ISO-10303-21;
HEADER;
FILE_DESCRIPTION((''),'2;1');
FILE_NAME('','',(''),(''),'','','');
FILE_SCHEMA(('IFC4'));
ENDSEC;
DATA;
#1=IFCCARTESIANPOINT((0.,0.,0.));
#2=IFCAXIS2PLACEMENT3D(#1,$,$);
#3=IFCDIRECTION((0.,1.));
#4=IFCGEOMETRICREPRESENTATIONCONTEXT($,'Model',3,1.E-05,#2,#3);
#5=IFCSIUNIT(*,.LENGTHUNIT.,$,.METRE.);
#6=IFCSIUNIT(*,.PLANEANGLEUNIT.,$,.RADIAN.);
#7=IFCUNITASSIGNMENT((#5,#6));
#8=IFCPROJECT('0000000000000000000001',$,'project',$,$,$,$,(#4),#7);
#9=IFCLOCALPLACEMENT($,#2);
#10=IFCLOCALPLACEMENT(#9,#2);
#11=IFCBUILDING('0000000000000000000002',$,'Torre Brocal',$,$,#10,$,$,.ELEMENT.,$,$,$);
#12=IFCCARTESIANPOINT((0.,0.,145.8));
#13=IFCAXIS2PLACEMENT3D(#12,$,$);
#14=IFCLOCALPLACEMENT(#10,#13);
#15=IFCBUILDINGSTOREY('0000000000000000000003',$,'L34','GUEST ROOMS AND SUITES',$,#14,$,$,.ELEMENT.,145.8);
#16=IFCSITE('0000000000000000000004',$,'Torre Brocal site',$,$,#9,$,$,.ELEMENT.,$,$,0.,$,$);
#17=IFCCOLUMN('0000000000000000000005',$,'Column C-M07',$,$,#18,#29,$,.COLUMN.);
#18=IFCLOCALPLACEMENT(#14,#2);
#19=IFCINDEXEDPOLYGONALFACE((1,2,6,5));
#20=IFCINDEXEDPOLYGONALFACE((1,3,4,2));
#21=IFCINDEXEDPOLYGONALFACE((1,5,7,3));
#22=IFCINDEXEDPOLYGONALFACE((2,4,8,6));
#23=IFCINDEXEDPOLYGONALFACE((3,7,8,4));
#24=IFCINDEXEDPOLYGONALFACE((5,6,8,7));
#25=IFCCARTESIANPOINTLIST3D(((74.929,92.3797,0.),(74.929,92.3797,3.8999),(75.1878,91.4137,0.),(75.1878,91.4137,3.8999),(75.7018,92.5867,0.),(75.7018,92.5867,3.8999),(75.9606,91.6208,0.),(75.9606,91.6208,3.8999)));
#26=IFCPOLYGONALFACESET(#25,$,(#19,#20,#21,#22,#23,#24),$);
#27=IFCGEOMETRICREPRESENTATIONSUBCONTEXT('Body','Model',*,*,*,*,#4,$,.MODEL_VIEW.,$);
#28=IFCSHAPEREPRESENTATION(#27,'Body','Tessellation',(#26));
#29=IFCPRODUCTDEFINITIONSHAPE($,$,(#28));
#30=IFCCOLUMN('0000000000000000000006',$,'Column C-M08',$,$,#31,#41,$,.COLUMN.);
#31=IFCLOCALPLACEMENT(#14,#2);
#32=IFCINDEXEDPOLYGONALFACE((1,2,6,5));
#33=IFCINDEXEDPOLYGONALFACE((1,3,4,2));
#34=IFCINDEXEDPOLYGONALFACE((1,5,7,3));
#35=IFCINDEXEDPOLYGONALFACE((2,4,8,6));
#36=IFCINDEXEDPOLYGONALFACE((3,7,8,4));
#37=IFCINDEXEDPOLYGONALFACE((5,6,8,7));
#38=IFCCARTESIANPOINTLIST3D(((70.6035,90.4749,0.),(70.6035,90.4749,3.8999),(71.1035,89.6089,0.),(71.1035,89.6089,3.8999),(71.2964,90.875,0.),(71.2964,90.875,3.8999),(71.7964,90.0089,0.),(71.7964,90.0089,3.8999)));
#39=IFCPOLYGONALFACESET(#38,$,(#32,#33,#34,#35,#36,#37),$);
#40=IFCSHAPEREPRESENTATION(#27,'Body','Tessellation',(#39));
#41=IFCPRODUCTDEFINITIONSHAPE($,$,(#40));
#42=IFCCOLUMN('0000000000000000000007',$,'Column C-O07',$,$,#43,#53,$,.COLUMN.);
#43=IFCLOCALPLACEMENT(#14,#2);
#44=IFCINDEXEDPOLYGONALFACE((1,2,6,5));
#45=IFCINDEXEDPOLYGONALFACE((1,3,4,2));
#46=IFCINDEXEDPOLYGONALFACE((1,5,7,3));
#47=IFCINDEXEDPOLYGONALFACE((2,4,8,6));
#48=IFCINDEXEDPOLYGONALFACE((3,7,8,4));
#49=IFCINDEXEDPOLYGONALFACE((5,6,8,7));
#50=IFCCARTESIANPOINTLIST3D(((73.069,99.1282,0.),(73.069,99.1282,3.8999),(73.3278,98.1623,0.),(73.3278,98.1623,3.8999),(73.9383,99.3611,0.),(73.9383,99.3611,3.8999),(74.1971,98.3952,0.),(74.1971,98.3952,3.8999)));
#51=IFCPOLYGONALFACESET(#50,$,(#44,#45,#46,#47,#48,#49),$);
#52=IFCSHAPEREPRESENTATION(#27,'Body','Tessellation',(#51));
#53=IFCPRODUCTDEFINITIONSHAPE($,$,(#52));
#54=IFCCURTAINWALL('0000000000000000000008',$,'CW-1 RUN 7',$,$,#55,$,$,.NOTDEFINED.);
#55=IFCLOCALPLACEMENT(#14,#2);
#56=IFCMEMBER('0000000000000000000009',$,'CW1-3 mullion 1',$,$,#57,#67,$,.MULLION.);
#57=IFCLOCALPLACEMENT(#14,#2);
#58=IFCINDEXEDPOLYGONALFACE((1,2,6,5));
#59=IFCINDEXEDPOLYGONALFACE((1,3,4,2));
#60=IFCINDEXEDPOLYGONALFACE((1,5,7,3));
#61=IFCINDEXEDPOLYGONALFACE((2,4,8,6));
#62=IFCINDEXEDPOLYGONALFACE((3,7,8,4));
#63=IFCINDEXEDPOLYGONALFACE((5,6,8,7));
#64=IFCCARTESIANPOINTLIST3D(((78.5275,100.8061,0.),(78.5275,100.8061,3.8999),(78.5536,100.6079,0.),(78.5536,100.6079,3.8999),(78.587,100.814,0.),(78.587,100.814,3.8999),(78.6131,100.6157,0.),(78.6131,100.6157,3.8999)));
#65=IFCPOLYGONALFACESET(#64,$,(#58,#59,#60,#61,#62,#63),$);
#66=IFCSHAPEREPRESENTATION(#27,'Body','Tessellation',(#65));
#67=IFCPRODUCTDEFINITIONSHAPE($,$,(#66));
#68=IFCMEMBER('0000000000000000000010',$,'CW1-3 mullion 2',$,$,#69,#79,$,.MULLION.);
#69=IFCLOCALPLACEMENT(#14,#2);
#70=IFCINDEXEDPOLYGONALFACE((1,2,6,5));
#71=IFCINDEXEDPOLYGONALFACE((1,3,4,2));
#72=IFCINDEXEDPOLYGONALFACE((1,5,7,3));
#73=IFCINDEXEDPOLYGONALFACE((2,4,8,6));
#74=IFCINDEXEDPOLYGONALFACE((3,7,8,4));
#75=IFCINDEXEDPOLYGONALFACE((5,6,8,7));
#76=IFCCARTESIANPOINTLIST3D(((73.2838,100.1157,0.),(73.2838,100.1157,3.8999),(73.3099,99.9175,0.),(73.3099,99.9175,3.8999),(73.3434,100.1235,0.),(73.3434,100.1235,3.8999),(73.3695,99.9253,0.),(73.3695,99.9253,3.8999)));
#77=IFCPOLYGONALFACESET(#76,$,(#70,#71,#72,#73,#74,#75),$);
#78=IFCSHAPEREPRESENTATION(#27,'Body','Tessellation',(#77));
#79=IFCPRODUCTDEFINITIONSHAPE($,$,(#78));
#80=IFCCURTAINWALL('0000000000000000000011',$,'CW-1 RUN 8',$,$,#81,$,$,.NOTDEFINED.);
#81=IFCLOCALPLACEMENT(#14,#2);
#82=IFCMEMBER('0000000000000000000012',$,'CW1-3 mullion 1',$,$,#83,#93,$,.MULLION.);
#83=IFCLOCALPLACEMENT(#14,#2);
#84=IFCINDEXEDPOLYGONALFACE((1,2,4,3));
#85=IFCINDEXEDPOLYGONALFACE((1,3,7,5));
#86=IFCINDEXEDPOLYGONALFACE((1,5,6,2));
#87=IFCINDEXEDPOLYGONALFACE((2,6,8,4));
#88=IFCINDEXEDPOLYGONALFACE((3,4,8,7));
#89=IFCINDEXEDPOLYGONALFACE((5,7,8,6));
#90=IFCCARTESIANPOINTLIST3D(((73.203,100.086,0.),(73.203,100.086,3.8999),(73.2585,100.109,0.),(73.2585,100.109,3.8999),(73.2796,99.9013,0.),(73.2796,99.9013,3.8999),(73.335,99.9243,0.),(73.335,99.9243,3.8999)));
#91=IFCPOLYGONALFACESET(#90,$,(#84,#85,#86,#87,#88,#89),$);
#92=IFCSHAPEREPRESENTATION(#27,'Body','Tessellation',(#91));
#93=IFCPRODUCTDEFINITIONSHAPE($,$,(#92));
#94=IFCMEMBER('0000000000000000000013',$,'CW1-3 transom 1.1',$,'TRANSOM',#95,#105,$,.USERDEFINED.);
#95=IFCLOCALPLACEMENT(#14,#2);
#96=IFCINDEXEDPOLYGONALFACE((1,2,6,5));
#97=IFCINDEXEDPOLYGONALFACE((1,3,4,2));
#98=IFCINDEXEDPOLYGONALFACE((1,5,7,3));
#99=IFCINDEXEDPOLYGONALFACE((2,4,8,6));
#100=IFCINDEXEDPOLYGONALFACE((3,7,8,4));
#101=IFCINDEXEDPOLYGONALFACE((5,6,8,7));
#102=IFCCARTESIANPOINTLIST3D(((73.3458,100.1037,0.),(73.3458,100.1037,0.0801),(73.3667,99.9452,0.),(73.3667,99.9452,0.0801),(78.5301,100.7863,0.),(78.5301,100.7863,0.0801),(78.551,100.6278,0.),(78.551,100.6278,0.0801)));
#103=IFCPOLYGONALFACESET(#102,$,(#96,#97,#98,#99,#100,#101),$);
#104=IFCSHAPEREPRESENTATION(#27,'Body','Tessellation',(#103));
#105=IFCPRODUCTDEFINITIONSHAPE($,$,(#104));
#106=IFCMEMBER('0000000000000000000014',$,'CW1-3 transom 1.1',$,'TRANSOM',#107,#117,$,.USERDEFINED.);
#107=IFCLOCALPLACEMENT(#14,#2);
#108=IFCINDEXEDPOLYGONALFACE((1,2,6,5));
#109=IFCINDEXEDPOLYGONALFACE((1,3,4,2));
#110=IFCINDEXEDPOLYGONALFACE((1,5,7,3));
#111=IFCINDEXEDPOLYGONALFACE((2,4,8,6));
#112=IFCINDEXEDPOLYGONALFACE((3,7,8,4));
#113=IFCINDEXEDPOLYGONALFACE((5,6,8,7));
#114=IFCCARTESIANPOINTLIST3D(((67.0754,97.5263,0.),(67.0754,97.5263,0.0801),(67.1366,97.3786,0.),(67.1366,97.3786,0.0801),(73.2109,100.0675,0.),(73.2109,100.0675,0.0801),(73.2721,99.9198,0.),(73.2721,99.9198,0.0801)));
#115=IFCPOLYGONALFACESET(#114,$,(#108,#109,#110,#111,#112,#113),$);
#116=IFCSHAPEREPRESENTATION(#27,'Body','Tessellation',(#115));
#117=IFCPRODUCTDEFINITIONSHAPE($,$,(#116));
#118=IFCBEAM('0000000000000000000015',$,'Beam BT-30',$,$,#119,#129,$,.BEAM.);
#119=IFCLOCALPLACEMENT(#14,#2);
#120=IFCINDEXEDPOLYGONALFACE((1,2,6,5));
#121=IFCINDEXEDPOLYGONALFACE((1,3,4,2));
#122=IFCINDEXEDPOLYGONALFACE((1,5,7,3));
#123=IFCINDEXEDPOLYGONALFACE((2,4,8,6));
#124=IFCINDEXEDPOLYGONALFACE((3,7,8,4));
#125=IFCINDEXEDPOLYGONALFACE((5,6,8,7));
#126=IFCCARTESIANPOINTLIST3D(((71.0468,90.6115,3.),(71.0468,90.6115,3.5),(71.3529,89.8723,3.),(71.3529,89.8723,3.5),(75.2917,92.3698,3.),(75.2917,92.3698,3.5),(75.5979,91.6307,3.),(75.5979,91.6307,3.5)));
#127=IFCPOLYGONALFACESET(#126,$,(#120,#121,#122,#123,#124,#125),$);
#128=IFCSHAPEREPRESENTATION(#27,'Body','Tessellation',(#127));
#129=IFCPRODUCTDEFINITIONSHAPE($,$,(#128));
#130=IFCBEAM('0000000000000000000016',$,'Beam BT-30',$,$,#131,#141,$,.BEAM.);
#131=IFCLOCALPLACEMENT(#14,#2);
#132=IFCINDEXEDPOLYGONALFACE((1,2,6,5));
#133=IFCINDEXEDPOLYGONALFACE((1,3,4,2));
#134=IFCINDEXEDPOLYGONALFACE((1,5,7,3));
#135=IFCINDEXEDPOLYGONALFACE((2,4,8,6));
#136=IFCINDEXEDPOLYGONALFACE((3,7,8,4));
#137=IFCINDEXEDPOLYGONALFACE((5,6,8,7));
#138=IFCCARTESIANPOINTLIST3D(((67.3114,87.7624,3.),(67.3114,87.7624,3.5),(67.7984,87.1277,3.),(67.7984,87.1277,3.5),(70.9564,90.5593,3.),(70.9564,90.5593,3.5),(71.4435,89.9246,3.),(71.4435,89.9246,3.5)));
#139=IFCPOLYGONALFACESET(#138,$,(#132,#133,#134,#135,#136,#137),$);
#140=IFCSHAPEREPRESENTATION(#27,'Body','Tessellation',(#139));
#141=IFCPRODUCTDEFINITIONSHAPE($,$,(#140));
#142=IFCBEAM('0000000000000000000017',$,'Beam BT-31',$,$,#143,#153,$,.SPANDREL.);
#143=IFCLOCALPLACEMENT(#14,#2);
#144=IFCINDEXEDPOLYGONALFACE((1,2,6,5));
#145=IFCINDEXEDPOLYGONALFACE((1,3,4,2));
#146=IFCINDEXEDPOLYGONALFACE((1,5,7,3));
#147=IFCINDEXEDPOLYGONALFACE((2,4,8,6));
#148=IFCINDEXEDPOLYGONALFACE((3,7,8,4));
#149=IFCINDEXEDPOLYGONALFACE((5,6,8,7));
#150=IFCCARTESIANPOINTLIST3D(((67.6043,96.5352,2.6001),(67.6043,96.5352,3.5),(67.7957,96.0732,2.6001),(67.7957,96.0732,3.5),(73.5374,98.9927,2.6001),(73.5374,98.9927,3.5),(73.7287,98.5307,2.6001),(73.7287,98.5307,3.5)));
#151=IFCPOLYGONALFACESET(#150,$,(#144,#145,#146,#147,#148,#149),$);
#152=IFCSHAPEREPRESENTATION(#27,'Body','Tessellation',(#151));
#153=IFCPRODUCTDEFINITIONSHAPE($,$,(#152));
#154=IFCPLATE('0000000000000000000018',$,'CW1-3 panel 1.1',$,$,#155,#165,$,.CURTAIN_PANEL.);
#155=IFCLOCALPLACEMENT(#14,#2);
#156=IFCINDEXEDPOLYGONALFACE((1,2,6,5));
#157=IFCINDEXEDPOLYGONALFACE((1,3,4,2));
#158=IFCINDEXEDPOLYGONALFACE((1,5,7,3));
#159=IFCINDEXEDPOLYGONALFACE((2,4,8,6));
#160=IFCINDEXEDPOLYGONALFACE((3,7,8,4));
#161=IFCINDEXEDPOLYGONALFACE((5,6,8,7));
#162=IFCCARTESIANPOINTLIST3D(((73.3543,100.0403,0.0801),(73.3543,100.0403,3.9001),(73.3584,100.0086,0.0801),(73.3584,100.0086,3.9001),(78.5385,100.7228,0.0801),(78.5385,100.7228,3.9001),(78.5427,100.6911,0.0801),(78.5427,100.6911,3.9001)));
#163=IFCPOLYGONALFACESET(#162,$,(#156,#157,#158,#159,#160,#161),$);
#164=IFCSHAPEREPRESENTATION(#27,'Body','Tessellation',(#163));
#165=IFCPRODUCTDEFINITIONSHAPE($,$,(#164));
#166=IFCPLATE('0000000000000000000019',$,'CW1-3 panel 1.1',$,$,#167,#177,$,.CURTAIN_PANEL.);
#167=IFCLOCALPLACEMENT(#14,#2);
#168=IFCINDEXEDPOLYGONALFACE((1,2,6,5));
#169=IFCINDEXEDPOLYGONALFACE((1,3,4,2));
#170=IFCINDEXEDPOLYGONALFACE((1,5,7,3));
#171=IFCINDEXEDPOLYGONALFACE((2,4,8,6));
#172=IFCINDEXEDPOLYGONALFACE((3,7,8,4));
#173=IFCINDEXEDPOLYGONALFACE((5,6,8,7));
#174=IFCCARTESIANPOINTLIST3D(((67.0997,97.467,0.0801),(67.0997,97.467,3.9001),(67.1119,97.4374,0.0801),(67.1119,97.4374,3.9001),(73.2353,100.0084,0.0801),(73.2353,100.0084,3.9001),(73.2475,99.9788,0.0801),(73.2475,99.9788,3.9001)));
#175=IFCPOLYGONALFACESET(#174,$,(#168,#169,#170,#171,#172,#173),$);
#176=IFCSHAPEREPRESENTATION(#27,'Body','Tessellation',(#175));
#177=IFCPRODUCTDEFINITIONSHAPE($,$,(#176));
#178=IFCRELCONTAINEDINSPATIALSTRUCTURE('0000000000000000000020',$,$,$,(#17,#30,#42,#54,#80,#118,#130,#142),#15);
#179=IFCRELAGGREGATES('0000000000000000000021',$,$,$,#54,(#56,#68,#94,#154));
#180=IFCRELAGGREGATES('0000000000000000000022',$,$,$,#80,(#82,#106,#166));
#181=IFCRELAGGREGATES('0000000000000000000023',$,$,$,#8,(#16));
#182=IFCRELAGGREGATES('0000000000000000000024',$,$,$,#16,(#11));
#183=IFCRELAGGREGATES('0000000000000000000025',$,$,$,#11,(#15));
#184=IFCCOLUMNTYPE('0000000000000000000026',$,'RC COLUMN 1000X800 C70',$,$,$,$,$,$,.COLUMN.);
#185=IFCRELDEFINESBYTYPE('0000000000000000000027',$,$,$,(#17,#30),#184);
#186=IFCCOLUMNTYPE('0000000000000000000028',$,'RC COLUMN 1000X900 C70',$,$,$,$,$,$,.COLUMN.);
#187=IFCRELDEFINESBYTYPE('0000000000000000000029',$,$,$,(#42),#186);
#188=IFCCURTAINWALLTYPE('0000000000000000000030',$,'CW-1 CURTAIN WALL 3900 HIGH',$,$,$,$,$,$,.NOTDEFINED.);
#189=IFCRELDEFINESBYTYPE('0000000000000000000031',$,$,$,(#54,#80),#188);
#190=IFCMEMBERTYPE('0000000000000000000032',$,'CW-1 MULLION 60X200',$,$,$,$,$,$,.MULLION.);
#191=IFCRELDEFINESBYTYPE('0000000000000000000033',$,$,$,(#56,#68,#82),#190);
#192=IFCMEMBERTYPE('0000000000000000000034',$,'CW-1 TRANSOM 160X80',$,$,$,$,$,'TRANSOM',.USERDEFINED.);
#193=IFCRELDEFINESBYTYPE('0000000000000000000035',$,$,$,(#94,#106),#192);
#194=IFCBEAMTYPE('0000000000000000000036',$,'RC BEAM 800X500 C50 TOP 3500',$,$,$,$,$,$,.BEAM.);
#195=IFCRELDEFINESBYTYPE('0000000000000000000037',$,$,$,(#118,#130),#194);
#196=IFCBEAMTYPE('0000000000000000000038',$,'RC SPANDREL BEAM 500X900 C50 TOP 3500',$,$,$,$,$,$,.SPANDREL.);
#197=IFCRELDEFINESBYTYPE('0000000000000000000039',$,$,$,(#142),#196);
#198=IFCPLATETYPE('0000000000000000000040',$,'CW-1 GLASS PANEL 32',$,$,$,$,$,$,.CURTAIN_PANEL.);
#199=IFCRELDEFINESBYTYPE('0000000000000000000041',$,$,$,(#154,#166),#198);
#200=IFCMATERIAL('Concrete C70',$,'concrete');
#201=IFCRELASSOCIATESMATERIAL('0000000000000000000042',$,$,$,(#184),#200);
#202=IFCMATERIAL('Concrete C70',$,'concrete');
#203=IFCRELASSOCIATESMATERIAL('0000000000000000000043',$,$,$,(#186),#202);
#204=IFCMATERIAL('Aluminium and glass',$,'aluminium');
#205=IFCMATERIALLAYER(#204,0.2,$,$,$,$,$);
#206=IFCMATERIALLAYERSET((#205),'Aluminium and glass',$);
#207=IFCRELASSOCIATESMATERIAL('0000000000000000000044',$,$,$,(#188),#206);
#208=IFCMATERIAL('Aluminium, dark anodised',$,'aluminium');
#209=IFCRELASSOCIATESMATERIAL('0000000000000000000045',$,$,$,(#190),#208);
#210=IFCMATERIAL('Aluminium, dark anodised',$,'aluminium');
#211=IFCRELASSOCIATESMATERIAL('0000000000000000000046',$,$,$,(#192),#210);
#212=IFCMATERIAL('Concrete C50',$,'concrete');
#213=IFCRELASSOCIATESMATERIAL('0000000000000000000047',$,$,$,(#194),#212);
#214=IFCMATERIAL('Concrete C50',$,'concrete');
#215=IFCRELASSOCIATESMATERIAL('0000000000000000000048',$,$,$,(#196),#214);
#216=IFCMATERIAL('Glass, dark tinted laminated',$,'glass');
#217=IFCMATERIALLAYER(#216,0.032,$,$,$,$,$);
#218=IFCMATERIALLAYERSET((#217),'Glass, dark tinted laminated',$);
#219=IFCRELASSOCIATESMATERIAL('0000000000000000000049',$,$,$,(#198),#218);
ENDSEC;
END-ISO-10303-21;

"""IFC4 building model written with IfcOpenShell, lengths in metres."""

from ifc_helpers import new_model, si_unit, direction, frame, origin, origin_2d, place, context, subcontext, project, spatial, rectangle, extrude, material, layer, layer_set, material_profile, profile_set, type_object, element, aggregate, save


model = new_model("IFC4")

# Units and contexts
model_context = context("Model", 3, precision=1e-05, world=origin(), true_north=direction((0.0, 1.0)))
body_context = subcontext(model_context, "Body", "Model", "MODEL_VIEW")
ifc_project = project(units=[si_unit("LENGTHUNIT", "METRE"), si_unit("PLANEANGLEUNIT", "RADIAN")], contexts=[model_context])

# Site, building, storey
site_placement = place(None, origin())
site = spatial("IfcSite", under=ifc_project, at=site_placement, Name="Torre Brocal site", CompositionType="ELEMENT", RefElevation=0.0)
building_placement = place(site_placement, origin())
building = spatial("IfcBuilding", under=site, at=building_placement, Name="Torre Brocal", CompositionType="ELEMENT")
storey_placement = place(building_placement, frame((0.0, 0.0, 145.8)))
storey = spatial("IfcBuildingStorey", under=building, at=storey_placement, Name="L34", Description="GUEST ROOMS AND SUITES", CompositionType="ELEMENT", Elevation=145.8)

# Columns
ifc_material_1 = material(Name="Concrete C70", Category="concrete")
ifc_material_profile_1 = material_profile(ifc_material_1, rectangle(XDim=1.0, YDim=0.8, at=origin_2d()), Name="RC 1000X800")
ifc_profile_set_1 = profile_set([ifc_material_profile_1], Name="Concrete C70")
column_type_1 = type_object("IfcColumnType", Name="RC COLUMN 1000X800 C70", PredefinedType="COLUMN", material=ifc_profile_set_1)
for number, where, z_axis, x_axis, name in (
    (1, (75.4448, 92.0002, 0.0), (0.0, 0.0, 1.0), (-0.258819, 0.965926, 0.0), "Column C-M07"),
    (2, (71.2, 90.2419, 0.0), (0.0, 0.0, 1.0), (-0.5, 0.866025, 0.0), "Column C-M08"),
):
    element("IfcColumn", number, at=place(storey_placement, frame(where, z_axis=z_axis, x_axis=x_axis)), inside=storey, type_object=column_type_1, Name=name, PredefinedType="COLUMN", context=body_context, shape_type="SweptSolid", body=[
        extrude(rectangle(XDim=1.0, YDim=0.8, at=origin_2d()), origin(), (0.0, 0.0, 1.0), 3.8999),
    ])
ifc_material_2 = material(Name="Concrete C70", Category="concrete")
ifc_material_profile_2 = material_profile(ifc_material_2, rectangle(XDim=1.0, YDim=0.8999, at=origin_2d()), Name="RC 1000X900")
ifc_profile_set_2 = profile_set([ifc_material_profile_2], Name="Concrete C70")
column_type_2 = type_object("IfcColumnType", Name="RC COLUMN 1000X900 C70", PredefinedType="COLUMN", material=ifc_profile_set_2)
column_placement = place(storey_placement, frame((73.6331, 98.7617, 0.0), z_axis=(0.0, 0.0, 1.0), x_axis=(-0.258819, 0.965926, 0.0)))
element("IfcColumn", 3, at=column_placement, inside=storey, type_object=column_type_2, Name="Column C-O07", PredefinedType="COLUMN", context=body_context, shape_type="SweptSolid", body=[
    extrude(rectangle(XDim=1.0, YDim=0.8999, at=origin_2d()), origin(), (0.0, 0.0, 1.0), 3.8999),
])

# Curtain wall, members
ifc_material_3 = material(Name="Aluminium and glass", Category="aluminium")
ifc_layer_1 = layer(ifc_material_3, 0.2)
ifc_layer_set_1 = layer_set([ifc_layer_1], Name="Aluminium and glass")
curtain_wall_type = type_object("IfcCurtainWallType", Name="CW-1 CURTAIN WALL 3900 HIGH", PredefinedType="NOTDEFINED", material=ifc_layer_set_1)
curtain_wall_1_placement = place(storey_placement, origin())
curtain_wall_1 = element("IfcCurtainWall", 4, at=curtain_wall_1_placement, inside=storey, type_object=curtain_wall_type, Name="CW-1 RUN 7", PredefinedType="NOTDEFINED")
ifc_material_4 = material(Name="Aluminium, dark anodised", Category="aluminium")
ifc_material_profile_3 = material_profile(ifc_material_4, rectangle(XDim=0.2, YDim=0.0601, at=origin_2d()), Name="CW-1 MULLION 60X200")
ifc_profile_set_3 = profile_set([ifc_material_profile_3], Name="Aluminium, dark anodised")
member_type_1 = type_object("IfcMemberType", Name="CW-1 MULLION 60X200", PredefinedType="MULLION", material=ifc_profile_set_3)
member_1_placement = place(storey_placement, frame((78.5703, 100.7109, 0.0), z_axis=(0.0, 0.0, 1.0), x_axis=(0.130526, -0.991445, 0.0)))
member_1 = element("IfcMember", 5, at=member_1_placement, type_object=member_type_1, Name="CW1-3 mullion 1", PredefinedType="MULLION", context=body_context, shape_type="SweptSolid", body=[
    extrude(rectangle(XDim=0.2, YDim=0.0601, at=origin_2d()), origin(), (0.0, 0.0, 1.0), 3.8999),
])
member_2_placement = place(storey_placement, frame((73.3267, 100.0205, 0.0), z_axis=(0.0, 0.0, 1.0), x_axis=(0.130526, -0.991445, 0.0)))
member_2 = element("IfcMember", 6, at=member_2_placement, type_object=member_type_1, Name="CW1-3 mullion 2", PredefinedType="MULLION", context=body_context, shape_type="SweptSolid", body=[
    extrude(rectangle(XDim=0.2, YDim=0.0601, at=origin_2d()), origin(), (0.0, 0.0, 1.0), 3.8999),
])

# Curtain wall, member
curtain_wall_2_placement = place(storey_placement, origin())
curtain_wall_2 = element("IfcCurtainWall", 7, at=curtain_wall_2_placement, inside=storey, type_object=curtain_wall_type, Name="CW-1 RUN 8", PredefinedType="NOTDEFINED")
member_3_placement = place(storey_placement, frame((73.269, 100.0051, 0.0), z_axis=(0.0, 0.0, 1.0), x_axis=(0.382683, -0.92388, 0.0)))
member_3 = element("IfcMember", 8, at=member_3_placement, type_object=member_type_1, Name="CW1-3 mullion 1", PredefinedType="MULLION", context=body_context, shape_type="SweptSolid", body=[
    extrude(rectangle(XDim=0.2, YDim=0.0601, at=origin_2d()), origin(), (0.0, 0.0, 1.0), 3.8999),
])

# Members
ifc_material_5 = material(Name="Aluminium, dark anodised", Category="aluminium")
ifc_material_profile_4 = material_profile(ifc_material_5, rectangle(XDim=0.1599, YDim=0.0801, at=origin_2d()), Name="CW-1 TRANSOM 160X80")
ifc_profile_set_4 = profile_set([ifc_material_profile_4], Name="Aluminium, dark anodised")
member_type_2 = type_object("IfcMemberType", Name="CW-1 TRANSOM 160X80", ElementType="TRANSOM", PredefinedType="USERDEFINED", material=ifc_profile_set_4)
member_4_placement = place(storey_placement, frame((78.5405, 100.707, 0.04), z_axis=(-0.991443, -0.130543, 0.0), x_axis=(0.130543, -0.991443, 0.0)))
member_4 = element("IfcMember", 9, at=member_4_placement, type_object=member_type_2, Name="CW1-3 transom 1.1", ObjectType="TRANSOM", PredefinedType="USERDEFINED", context=body_context, shape_type="SweptSolid", body=[
    extrude(rectangle(XDim=0.1599, YDim=0.0801, at=origin_2d()), origin(), (0.0, 0.0, 1.0), 5.229),
])
member_5_placement = place(storey_placement, frame((73.2415, 99.9937, 0.04), z_axis=(-0.923887, -0.382665, 0.0), x_axis=(0.382665, -0.923887, 0.0)))
member_5 = element("IfcMember", 10, at=member_5_placement, type_object=member_type_2, Name="CW1-3 transom 1.1", ObjectType="TRANSOM", PredefinedType="USERDEFINED", context=body_context, shape_type="SweptSolid", body=[
    extrude(rectangle(XDim=0.1599, YDim=0.0801, at=origin_2d()), origin(), (0.0, 0.0, 1.0), 6.6409),
])

# Beams
ifc_material_6 = material(Name="Concrete C50", Category="concrete")
ifc_material_profile_5 = material_profile(ifc_material_6, rectangle(XDim=0.8, YDim=0.5, at=origin_2d()), Name="RC 800X500")
ifc_profile_set_5 = profile_set([ifc_material_profile_5], Name="Concrete C50")
beam_type_1 = type_object("IfcBeamType", Name="RC BEAM 800X500 C50 TOP 3500", PredefinedType="BEAM", material=ifc_profile_set_5)
beam_1_placement = place(storey_placement, frame((75.4448, 92.0002, 3.25), z_axis=(-0.923878, -0.382687, 0.0), x_axis=(0.382687, -0.923878, 0.0)))
element("IfcBeam", 11, at=beam_1_placement, inside=storey, type_object=beam_type_1, Name="Beam BT-30", PredefinedType="BEAM", context=body_context, shape_type="SweptSolid", body=[
    extrude(rectangle(XDim=0.8, YDim=0.5, at=origin_2d()), origin(), (0.0, 0.0, 1.0), 4.5947),
])
beam_2_placement = place(storey_placement, frame((71.2, 90.2419, 3.25), z_axis=(-0.793358, -0.608755, 0.0), x_axis=(0.608755, -0.793358, 0.0)))
element("IfcBeam", 12, at=beam_2_placement, inside=storey, type_object=beam_type_1, Name="Beam BT-30", PredefinedType="BEAM", context=body_context, shape_type="SweptSolid", body=[
    extrude(rectangle(XDim=0.8, YDim=0.5, at=origin_2d()), origin(), (0.0, 0.0, 1.0), 4.5945),
])
ifc_material_7 = material(Name="Concrete C50", Category="concrete")
ifc_material_profile_6 = material_profile(ifc_material_7, rectangle(XDim=0.5, YDim=0.8999, at=origin_2d()), Name="RC 500X900")
ifc_profile_set_6 = profile_set([ifc_material_profile_6], Name="Concrete C50")
beam_type_2 = type_object("IfcBeamType", Name="RC SPANDREL BEAM 500X900 C50 TOP 3500", PredefinedType="SPANDREL", material=ifc_profile_set_6)
beam_3_placement = place(storey_placement, frame((73.6331, 98.7617, 3.05), z_axis=(-0.923882, -0.382676, 0.0), x_axis=(0.382676, -0.923882, 0.0)))
element("IfcBeam", 13, at=beam_3_placement, inside=storey, type_object=beam_type_2, Name="Beam BT-31", PredefinedType="SPANDREL", context=body_context, shape_type="SweptSolid", body=[
    extrude(rectangle(XDim=0.5, YDim=0.8999, at=origin_2d()), origin(), (0.0, 0.0, 1.0), 6.4219),
])

# Plates
ifc_material_8 = material(Name="Glass, dark tinted laminated", Category="glass")
ifc_layer_2 = layer(ifc_material_8, 0.032)
ifc_layer_set_2 = layer_set([ifc_layer_2], Name="Glass, dark tinted laminated")
plate_type = type_object("IfcPlateType", Name="CW-1 GLASS PANEL 32", PredefinedType="CURTAIN_PANEL", material=ifc_layer_set_2)
plate_1_placement = place(storey_placement, frame((75.9485, 100.3657, 0.0801), z_axis=(0.0, 0.0, 1.0), x_axis=(-0.991445, -0.130526, 0.0)))
plate_1 = element("IfcPlate", 14, at=plate_1_placement, type_object=plate_type, Name="CW1-3 panel 1.1", PredefinedType="CURTAIN_PANEL", context=body_context, shape_type="SweptSolid", body=[
    extrude(rectangle(XDim=5.229, YDim=0.032, at=origin_2d()), origin(), (0.0, 0.0, 1.0), 3.8201),
])
aggregate(curtain_wall_1, [member_1, member_2, member_4, plate_1])
plate_2_placement = place(storey_placement, frame((70.1736, 98.7229, 0.0801), z_axis=(0.0, 0.0, 1.0), x_axis=(-0.92388, -0.382683, 0.0)))
plate_2 = element("IfcPlate", 15, at=plate_2_placement, type_object=plate_type, Name="CW1-3 panel 1.1", PredefinedType="CURTAIN_PANEL", context=body_context, shape_type="SweptSolid", body=[
    extrude(rectangle(XDim=6.6411, YDim=0.032, at=origin_2d()), origin(), (0.0, 0.0, 1.0), 3.8201),
])
aggregate(curtain_wall_2, [member_3, member_5, plate_2])

save(model, "model.ifc")
